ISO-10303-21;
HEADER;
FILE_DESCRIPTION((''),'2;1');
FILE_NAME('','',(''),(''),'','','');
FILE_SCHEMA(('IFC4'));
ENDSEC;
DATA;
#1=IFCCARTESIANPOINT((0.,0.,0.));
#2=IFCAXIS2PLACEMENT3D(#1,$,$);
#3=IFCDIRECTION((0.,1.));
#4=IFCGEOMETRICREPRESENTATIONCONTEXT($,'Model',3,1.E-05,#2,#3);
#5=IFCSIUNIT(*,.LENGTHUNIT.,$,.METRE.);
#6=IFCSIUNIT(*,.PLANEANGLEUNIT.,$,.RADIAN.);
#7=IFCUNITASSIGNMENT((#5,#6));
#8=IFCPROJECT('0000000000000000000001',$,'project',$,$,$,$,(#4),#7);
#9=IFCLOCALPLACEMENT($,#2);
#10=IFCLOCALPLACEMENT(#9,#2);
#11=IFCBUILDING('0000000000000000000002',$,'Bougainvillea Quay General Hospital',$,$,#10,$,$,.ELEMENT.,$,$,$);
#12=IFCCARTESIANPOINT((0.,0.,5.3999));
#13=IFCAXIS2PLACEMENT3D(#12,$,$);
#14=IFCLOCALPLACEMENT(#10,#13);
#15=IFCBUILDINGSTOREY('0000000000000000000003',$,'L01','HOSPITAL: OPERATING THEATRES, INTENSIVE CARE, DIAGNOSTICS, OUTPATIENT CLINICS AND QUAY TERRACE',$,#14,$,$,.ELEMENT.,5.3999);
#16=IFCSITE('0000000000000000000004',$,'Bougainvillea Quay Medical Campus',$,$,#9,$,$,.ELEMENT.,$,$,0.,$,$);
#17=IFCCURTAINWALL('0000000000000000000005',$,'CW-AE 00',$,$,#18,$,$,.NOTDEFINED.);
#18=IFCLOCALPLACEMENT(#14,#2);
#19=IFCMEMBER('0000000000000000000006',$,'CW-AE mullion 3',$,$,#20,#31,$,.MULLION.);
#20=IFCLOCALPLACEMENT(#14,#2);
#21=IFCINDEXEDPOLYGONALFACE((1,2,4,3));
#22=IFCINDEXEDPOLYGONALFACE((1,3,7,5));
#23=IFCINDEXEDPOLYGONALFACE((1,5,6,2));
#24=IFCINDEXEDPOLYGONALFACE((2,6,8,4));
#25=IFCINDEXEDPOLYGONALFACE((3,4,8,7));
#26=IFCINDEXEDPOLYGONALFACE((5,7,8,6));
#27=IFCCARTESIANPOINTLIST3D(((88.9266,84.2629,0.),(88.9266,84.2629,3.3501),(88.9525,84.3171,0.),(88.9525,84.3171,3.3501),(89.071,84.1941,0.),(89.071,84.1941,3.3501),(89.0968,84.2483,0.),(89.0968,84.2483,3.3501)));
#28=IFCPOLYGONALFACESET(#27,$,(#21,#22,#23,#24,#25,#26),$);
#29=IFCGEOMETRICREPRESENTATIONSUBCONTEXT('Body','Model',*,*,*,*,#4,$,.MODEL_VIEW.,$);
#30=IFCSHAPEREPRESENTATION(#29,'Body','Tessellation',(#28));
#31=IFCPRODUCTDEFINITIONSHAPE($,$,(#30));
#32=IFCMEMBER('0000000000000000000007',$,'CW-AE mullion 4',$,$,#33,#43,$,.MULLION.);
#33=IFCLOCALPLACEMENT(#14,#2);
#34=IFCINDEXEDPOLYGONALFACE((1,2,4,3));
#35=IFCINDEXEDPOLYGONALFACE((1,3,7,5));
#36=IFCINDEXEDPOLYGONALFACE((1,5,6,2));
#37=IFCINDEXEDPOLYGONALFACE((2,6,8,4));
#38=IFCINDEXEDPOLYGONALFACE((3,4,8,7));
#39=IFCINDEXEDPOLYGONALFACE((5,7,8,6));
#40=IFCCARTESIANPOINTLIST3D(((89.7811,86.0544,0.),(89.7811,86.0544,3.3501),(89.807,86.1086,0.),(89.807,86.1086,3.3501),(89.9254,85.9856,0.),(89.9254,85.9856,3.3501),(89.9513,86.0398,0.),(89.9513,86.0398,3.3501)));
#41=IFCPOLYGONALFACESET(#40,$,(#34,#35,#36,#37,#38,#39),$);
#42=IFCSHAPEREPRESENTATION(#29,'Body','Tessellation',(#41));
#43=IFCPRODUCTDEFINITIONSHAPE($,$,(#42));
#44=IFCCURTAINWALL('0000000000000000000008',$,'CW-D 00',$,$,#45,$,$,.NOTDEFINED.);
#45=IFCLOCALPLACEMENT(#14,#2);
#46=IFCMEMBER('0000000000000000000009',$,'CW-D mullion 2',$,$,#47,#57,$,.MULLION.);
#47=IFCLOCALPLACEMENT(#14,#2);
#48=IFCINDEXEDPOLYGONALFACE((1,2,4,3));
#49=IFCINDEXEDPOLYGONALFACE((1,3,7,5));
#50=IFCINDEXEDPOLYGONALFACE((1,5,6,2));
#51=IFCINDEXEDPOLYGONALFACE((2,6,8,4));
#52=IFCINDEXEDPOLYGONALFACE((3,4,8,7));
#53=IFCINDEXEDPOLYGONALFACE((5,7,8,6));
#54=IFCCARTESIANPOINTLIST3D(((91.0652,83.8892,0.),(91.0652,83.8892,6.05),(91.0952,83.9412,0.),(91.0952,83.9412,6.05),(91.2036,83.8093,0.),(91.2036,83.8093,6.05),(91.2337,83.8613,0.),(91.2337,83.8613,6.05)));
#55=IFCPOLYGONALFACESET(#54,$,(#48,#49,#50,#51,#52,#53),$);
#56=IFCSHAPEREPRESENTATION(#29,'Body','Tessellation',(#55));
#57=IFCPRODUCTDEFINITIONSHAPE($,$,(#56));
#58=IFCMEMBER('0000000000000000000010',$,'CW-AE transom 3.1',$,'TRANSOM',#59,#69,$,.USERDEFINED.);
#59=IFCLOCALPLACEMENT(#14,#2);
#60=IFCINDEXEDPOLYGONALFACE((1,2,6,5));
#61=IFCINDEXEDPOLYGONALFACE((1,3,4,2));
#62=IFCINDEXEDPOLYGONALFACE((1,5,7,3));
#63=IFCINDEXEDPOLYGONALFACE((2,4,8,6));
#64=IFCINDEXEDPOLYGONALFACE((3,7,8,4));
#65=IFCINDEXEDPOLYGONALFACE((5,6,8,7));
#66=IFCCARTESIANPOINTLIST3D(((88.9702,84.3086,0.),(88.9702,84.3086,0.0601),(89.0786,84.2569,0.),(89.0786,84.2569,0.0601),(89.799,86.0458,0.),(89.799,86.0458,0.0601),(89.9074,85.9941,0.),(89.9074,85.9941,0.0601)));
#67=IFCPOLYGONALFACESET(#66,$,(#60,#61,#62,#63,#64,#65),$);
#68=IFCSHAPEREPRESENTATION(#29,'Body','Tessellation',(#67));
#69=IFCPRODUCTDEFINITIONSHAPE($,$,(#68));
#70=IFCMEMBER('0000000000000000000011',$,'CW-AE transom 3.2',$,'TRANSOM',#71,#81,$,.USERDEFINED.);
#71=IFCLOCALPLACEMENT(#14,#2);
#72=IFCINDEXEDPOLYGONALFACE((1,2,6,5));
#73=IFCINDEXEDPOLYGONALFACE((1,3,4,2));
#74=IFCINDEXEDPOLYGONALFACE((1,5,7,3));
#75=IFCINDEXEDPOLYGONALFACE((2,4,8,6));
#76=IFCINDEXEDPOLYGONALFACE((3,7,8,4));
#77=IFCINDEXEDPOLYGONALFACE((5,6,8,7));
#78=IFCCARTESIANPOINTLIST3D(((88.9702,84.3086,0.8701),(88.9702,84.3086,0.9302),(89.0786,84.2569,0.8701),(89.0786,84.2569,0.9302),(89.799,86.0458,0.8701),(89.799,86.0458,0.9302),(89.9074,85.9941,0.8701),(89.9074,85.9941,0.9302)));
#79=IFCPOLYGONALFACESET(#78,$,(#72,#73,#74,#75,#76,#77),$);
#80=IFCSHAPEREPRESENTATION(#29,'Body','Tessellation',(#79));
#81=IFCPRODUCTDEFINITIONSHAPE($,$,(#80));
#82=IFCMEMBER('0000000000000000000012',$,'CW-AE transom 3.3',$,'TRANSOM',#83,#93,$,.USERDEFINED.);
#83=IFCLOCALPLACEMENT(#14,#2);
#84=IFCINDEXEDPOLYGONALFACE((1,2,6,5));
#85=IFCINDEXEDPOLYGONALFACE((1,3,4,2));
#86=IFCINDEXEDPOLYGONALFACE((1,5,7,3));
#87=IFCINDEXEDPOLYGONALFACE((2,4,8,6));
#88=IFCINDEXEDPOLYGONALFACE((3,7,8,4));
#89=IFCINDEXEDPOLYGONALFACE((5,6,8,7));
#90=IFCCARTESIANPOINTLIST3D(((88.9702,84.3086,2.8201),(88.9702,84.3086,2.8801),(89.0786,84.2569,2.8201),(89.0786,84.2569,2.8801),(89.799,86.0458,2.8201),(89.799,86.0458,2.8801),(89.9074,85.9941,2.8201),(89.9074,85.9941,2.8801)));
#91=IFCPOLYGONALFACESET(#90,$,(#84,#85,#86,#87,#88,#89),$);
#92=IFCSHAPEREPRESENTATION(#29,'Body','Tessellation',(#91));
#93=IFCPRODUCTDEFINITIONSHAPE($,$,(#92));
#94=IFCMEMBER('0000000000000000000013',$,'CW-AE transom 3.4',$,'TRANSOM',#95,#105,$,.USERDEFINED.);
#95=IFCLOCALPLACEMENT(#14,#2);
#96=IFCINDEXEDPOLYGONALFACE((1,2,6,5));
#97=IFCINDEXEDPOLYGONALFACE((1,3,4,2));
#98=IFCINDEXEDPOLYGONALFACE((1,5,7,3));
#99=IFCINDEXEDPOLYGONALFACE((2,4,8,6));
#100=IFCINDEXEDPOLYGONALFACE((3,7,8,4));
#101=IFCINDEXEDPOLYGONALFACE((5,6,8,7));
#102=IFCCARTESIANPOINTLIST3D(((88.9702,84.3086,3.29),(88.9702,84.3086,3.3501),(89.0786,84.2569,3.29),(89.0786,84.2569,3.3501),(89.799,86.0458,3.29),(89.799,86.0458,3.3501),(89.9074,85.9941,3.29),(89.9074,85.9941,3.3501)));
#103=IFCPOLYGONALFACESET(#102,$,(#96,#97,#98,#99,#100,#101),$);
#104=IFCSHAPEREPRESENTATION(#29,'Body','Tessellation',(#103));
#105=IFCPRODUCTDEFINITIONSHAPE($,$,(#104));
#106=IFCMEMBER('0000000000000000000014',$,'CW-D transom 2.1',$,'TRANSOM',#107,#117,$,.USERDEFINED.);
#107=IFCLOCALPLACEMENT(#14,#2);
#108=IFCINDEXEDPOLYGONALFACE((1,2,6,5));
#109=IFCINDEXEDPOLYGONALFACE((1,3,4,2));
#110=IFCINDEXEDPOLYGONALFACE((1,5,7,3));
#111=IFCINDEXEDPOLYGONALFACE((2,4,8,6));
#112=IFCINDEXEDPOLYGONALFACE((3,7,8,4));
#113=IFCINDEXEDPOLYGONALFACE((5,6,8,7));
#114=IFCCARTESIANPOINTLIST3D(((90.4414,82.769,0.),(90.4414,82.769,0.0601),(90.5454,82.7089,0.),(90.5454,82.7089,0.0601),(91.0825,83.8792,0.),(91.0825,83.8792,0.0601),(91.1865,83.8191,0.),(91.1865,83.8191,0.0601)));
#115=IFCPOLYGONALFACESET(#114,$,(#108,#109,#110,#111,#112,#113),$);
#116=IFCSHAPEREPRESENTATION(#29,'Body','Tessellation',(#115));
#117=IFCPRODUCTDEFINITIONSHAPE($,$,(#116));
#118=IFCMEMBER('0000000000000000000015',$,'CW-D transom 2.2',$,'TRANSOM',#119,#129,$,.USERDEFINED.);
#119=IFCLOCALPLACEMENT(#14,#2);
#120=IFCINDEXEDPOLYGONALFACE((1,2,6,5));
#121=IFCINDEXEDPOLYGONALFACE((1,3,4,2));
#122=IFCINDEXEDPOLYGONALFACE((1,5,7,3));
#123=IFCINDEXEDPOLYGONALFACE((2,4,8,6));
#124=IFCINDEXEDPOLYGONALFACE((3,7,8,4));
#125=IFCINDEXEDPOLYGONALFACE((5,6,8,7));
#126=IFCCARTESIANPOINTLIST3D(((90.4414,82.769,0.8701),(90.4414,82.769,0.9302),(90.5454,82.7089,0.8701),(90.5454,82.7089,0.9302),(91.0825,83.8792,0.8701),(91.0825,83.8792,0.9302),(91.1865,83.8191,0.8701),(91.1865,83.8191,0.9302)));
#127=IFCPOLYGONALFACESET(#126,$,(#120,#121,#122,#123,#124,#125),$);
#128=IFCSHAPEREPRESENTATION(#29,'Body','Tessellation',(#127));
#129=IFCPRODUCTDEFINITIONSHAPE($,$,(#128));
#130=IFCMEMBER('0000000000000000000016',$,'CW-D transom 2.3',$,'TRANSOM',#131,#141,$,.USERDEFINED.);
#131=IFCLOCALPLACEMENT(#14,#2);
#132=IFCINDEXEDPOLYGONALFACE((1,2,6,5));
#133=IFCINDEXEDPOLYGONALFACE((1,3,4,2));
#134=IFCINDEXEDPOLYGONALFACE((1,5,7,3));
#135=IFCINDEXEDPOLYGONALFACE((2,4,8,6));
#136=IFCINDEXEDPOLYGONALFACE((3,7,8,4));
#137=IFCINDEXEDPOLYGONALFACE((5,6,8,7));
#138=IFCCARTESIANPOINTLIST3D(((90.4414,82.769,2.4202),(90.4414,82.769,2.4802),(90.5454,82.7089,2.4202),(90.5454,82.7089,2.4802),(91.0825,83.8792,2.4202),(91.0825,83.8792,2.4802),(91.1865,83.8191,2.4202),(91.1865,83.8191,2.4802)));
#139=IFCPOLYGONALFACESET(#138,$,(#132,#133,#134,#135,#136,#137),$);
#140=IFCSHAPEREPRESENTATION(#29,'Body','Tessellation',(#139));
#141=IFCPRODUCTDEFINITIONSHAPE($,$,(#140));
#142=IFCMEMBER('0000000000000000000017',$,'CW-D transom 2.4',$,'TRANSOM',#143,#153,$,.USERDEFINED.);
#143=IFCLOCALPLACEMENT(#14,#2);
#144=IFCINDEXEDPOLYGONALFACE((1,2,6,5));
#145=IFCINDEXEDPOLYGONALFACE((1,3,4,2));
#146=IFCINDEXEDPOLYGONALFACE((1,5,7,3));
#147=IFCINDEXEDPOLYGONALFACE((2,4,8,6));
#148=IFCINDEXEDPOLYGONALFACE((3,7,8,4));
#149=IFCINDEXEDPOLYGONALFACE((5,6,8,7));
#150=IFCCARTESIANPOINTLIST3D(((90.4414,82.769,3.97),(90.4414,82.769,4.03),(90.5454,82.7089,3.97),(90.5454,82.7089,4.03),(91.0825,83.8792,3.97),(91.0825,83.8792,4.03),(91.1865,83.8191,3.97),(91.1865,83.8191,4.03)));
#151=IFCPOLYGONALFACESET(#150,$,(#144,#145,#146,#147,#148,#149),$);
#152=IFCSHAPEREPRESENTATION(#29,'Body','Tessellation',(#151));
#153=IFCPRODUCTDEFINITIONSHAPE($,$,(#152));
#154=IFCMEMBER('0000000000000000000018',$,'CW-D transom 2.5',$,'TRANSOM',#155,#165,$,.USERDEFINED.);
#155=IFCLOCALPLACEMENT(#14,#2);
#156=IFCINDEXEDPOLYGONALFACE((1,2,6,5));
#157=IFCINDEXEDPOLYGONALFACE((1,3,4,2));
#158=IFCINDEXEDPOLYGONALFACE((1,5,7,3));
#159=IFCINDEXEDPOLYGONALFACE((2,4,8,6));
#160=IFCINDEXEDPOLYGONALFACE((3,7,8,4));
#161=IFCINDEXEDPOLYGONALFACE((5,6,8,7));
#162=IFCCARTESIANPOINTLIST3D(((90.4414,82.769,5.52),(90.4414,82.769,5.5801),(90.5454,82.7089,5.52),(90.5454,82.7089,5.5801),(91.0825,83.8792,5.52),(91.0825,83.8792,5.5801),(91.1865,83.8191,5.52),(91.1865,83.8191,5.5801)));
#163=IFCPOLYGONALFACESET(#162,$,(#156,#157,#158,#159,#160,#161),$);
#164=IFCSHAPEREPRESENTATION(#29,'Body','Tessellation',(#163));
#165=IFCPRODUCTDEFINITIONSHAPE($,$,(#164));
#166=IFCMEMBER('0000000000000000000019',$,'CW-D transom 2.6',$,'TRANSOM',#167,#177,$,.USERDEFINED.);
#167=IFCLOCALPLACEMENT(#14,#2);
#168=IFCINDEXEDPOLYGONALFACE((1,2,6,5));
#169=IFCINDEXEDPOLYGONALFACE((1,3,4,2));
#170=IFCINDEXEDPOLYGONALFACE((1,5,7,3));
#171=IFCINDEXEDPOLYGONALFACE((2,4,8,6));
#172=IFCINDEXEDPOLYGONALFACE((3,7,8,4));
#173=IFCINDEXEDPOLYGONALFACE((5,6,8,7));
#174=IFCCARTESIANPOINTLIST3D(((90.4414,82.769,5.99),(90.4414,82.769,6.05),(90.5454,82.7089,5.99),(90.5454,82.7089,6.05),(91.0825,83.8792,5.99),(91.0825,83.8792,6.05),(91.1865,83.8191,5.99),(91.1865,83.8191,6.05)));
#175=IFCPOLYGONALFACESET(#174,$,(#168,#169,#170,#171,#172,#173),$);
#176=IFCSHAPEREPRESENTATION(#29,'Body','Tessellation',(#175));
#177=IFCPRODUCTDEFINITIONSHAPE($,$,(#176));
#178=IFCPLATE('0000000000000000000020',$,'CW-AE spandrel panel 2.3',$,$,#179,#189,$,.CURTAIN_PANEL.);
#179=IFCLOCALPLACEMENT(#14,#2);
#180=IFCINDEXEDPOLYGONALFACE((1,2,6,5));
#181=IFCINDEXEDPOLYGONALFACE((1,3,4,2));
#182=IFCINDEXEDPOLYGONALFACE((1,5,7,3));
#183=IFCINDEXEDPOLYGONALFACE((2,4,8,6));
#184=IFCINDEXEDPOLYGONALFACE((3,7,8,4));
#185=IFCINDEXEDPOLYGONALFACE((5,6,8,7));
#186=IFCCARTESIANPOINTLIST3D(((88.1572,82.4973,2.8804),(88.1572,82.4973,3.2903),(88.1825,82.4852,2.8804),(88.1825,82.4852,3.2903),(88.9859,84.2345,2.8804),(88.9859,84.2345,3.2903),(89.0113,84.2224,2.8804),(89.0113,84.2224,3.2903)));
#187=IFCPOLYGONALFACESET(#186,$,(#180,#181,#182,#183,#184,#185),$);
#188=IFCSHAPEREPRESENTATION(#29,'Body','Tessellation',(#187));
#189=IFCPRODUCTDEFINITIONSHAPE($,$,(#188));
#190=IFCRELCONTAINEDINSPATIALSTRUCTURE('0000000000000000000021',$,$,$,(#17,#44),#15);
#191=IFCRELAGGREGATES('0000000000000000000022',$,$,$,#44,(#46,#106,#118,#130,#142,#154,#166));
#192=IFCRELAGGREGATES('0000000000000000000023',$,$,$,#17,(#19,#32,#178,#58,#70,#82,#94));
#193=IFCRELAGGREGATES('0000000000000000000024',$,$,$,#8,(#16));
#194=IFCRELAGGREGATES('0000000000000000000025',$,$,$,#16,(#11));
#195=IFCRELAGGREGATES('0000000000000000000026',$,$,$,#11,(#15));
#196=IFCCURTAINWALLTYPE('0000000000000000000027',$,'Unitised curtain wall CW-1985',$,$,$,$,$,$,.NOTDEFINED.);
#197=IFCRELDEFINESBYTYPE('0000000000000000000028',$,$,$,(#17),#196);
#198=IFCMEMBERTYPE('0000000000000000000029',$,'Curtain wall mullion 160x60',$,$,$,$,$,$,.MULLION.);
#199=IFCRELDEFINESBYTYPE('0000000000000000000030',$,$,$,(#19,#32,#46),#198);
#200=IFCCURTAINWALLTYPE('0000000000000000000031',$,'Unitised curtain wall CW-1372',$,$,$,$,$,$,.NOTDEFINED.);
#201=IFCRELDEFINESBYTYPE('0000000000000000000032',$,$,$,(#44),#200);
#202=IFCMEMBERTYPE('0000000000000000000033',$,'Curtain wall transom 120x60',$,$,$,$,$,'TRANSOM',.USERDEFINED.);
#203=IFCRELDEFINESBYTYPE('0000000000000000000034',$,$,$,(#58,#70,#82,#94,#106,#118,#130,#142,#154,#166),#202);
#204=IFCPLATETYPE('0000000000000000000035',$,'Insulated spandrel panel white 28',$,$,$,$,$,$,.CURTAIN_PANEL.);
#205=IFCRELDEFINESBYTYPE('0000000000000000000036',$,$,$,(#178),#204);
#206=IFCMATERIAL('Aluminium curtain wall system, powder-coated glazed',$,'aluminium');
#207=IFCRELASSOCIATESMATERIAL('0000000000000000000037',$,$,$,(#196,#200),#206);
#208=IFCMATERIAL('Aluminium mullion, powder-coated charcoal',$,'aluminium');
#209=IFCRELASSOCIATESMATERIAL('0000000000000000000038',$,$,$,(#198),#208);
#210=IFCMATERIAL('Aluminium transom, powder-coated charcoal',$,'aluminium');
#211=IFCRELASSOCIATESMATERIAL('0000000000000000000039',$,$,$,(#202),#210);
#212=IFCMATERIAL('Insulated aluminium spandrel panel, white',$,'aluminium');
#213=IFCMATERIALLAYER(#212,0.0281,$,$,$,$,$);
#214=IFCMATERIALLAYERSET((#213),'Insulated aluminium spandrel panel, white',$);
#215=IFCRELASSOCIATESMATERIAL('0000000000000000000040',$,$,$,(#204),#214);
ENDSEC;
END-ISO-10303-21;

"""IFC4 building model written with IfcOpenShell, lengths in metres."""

from ifc_helpers import new_model, si_unit, direction, frame, origin, origin_2d, place, context, subcontext, project, spatial, rectangle, extrude, material, layer, layer_set, material_profile, profile_set, type_object, element, aggregate, save


model = new_model("IFC4")

# Units and contexts
model_context = context("Model", 3, precision=1e-05, world=origin(), true_north=direction((0.0, 1.0)))
body_context = subcontext(model_context, "Body", "Model", "MODEL_VIEW")
ifc_project = project(units=[si_unit("LENGTHUNIT", "METRE"), si_unit("PLANEANGLEUNIT", "RADIAN")], contexts=[model_context])

# Site, building, storey
site_placement = place(None, origin())
site = spatial("IfcSite", under=ifc_project, at=site_placement, Name="Bougainvillea Quay Medical Campus", CompositionType="ELEMENT", RefElevation=0.0)
building_placement = place(site_placement, origin())
building = spatial("IfcBuilding", under=site, at=building_placement, Name="Bougainvillea Quay General Hospital", CompositionType="ELEMENT")
storey_placement = place(building_placement, frame((0.0, 0.0, 5.3999)))
storey = spatial("IfcBuildingStorey", under=building, at=storey_placement, Name="L01", Description="HOSPITAL: OPERATING THEATRES, INTENSIVE CARE, DIAGNOSTICS, OUTPATIENT CLINICS AND QUAY TERRACE", CompositionType="ELEMENT", Elevation=5.3999)

# Curtain wall, members
ifc_material_1 = material(Name="Aluminium curtain wall system, powder-coated glazed", Category="aluminium")
curtain_wall_type_1 = type_object("IfcCurtainWallType", Name="Unitised curtain wall CW-1985", PredefinedType="NOTDEFINED", material=ifc_material_1)
curtain_wall_1_placement = place(storey_placement, origin())
curtain_wall_1 = element("IfcCurtainWall", 1, at=curtain_wall_1_placement, inside=storey, type_object=curtain_wall_type_1, Name="CW-AE 00", PredefinedType="NOTDEFINED")
ifc_material_2 = material(Name="Aluminium mullion, powder-coated charcoal", Category="aluminium")
ifc_material_profile_1 = material_profile(ifc_material_2, rectangle(XDim=0.1599, YDim=0.0601, at=origin_2d()))
ifc_profile_set_1 = profile_set([ifc_material_profile_1], Name="Aluminium mullion, powder-coated charcoal")
member_type_1 = type_object("IfcMemberType", Name="Curtain wall mullion 160x60", PredefinedType="MULLION", material=ifc_profile_set_1)
member_1_placement = place(storey_placement, frame((89.0117, 84.2556, 0.0), z_axis=(0.0, 0.0, 1.0), x_axis=(-0.902561, 0.430563, 0.0)))
member_1 = element("IfcMember", 2, at=member_1_placement, type_object=member_type_1, Name="CW-AE mullion 3", PredefinedType="MULLION", context=body_context, shape_type="SweptSolid", body=[
    extrude(rectangle(XDim=0.1599, YDim=0.0601, at=origin_2d()), origin(), (0.0, 0.0, 1.0), 3.3501),
])
member_2_placement = place(storey_placement, frame((89.8662, 86.0471, 0.0), z_axis=(0.0, 0.0, 1.0), x_axis=(-0.902561, 0.430563, 0.0)))
member_2 = element("IfcMember", 3, at=member_2_placement, type_object=member_type_1, Name="CW-AE mullion 4", PredefinedType="MULLION", context=body_context, shape_type="SweptSolid", body=[
    extrude(rectangle(XDim=0.1599, YDim=0.0601, at=origin_2d()), origin(), (0.0, 0.0, 1.0), 3.3501),
])

# Curtain wall, member
curtain_wall_type_2 = type_object("IfcCurtainWallType", Name="Unitised curtain wall CW-1372", PredefinedType="NOTDEFINED", material=ifc_material_1)
curtain_wall_2_placement = place(storey_placement, origin())
curtain_wall_2 = element("IfcCurtainWall", 4, at=curtain_wall_2_placement, inside=storey, type_object=curtain_wall_type_2, Name="CW-D 00", PredefinedType="NOTDEFINED")
member_3_placement = place(storey_placement, frame((91.1494, 83.8752, 0.0), z_axis=(0.0, 0.0, 1.0), x_axis=(0.866048, -0.499962, 0.0)))
member_3 = element("IfcMember", 5, at=member_3_placement, type_object=member_type_1, Name="CW-D mullion 2", PredefinedType="MULLION", context=body_context, shape_type="SweptSolid", body=[
    extrude(rectangle(XDim=0.1599, YDim=0.0601, at=origin_2d()), origin(), (0.0, 0.0, 1.0), 6.05),
])

# Members
ifc_material_3 = material(Name="Aluminium transom, powder-coated charcoal", Category="aluminium")
ifc_material_profile_2 = material_profile(ifc_material_3, rectangle(XDim=0.1201, YDim=0.0601, at=origin_2d()))
ifc_profile_set_2 = profile_set([ifc_material_profile_2], Name="Aluminium transom, powder-coated charcoal")
member_type_2 = type_object("IfcMemberType", Name="Curtain wall transom 120x60", ElementType="TRANSOM", PredefinedType="USERDEFINED", material=ifc_profile_set_2)
member_4_placement = place(storey_placement, frame((89.0244, 84.2827, 0.03), z_axis=(0.430598, 0.902544, 0.0), x_axis=(-0.902544, 0.430598, 0.0)))
member_4 = element("IfcMember", 6, at=member_4_placement, type_object=member_type_2, Name="CW-AE transom 3.1", ObjectType="TRANSOM", PredefinedType="USERDEFINED", context=body_context, shape_type="SweptSolid", body=[
    extrude(rectangle(XDim=0.1201, YDim=0.0601, at=origin_2d()), origin(), (0.0, 0.0, 1.0), 1.9248),
])
member_5_placement = place(storey_placement, frame((89.0244, 84.2827, 0.9001), z_axis=(0.430598, 0.902544, 0.0), x_axis=(-0.902544, 0.430598, 0.0)))
member_5 = element("IfcMember", 7, at=member_5_placement, type_object=member_type_2, Name="CW-AE transom 3.2", ObjectType="TRANSOM", PredefinedType="USERDEFINED", context=body_context, shape_type="SweptSolid", body=[
    extrude(rectangle(XDim=0.1201, YDim=0.0601, at=origin_2d()), origin(), (0.0, 0.0, 1.0), 1.9248),
])
member_6_placement = place(storey_placement, frame((89.0244, 84.2827, 2.8501), z_axis=(0.430598, 0.902544, 0.0), x_axis=(-0.902544, 0.430598, 0.0)))
member_6 = element("IfcMember", 8, at=member_6_placement, type_object=member_type_2, Name="CW-AE transom 3.3", ObjectType="TRANSOM", PredefinedType="USERDEFINED", context=body_context, shape_type="SweptSolid", body=[
    extrude(rectangle(XDim=0.1201, YDim=0.0601, at=origin_2d()), origin(), (0.0, 0.0, 1.0), 1.9248),
])
member_7_placement = place(storey_placement, frame((89.0244, 84.2827, 3.3201), z_axis=(0.430598, 0.902544, 0.0), x_axis=(-0.902544, 0.430598, 0.0)))
member_7 = element("IfcMember", 9, at=member_7_placement, type_object=member_type_2, Name="CW-AE transom 3.4", ObjectType="TRANSOM", PredefinedType="USERDEFINED", context=body_context, shape_type="SweptSolid", body=[
    extrude(rectangle(XDim=0.1201, YDim=0.0601, at=origin_2d()), origin(), (0.0, 0.0, 1.0), 1.9248),
])
member_8_placement = place(storey_placement, frame((91.1345, 83.8491, 0.03), z_axis=(-0.500113, -0.86596, 0.0), x_axis=(0.86596, -0.500113, 0.0)))
member_8 = element("IfcMember", 10, at=member_8_placement, type_object=member_type_2, Name="CW-D transom 2.1", ObjectType="TRANSOM", PredefinedType="USERDEFINED", context=body_context, shape_type="SweptSolid", body=[
    extrude(rectangle(XDim=0.1201, YDim=0.0601, at=origin_2d()), origin(), (0.0, 0.0, 1.0), 1.282),
])
member_9_placement = place(storey_placement, frame((91.1345, 83.8491, 0.9001), z_axis=(-0.500113, -0.86596, 0.0), x_axis=(0.86596, -0.500113, 0.0)))
member_9 = element("IfcMember", 11, at=member_9_placement, type_object=member_type_2, Name="CW-D transom 2.2", ObjectType="TRANSOM", PredefinedType="USERDEFINED", context=body_context, shape_type="SweptSolid", body=[
    extrude(rectangle(XDim=0.1201, YDim=0.0601, at=origin_2d()), origin(), (0.0, 0.0, 1.0), 1.282),
])
member_10_placement = place(storey_placement, frame((91.1345, 83.8491, 2.4502), z_axis=(-0.500113, -0.86596, 0.0), x_axis=(0.86596, -0.500113, 0.0)))
member_10 = element("IfcMember", 12, at=member_10_placement, type_object=member_type_2, Name="CW-D transom 2.3", ObjectType="TRANSOM", PredefinedType="USERDEFINED", context=body_context, shape_type="SweptSolid", body=[
    extrude(rectangle(XDim=0.1201, YDim=0.0601, at=origin_2d()), origin(), (0.0, 0.0, 1.0), 1.282),
])
member_11_placement = place(storey_placement, frame((91.1345, 83.8491, 4.0), z_axis=(-0.500113, -0.86596, 0.0), x_axis=(0.86596, -0.500113, 0.0)))
member_11 = element("IfcMember", 13, at=member_11_placement, type_object=member_type_2, Name="CW-D transom 2.4", ObjectType="TRANSOM", PredefinedType="USERDEFINED", context=body_context, shape_type="SweptSolid", body=[
    extrude(rectangle(XDim=0.1201, YDim=0.0601, at=origin_2d()), origin(), (0.0, 0.0, 1.0), 1.282),
])
member_12_placement = place(storey_placement, frame((91.1345, 83.8491, 5.55), z_axis=(-0.500113, -0.86596, 0.0), x_axis=(0.86596, -0.500113, 0.0)))
member_12 = element("IfcMember", 14, at=member_12_placement, type_object=member_type_2, Name="CW-D transom 2.5", ObjectType="TRANSOM", PredefinedType="USERDEFINED", context=body_context, shape_type="SweptSolid", body=[
    extrude(rectangle(XDim=0.1201, YDim=0.0601, at=origin_2d()), origin(), (0.0, 0.0, 1.0), 1.282),
])
member_13_placement = place(storey_placement, frame((91.1345, 83.8491, 6.02), z_axis=(-0.500113, -0.86596, 0.0), x_axis=(0.86596, -0.500113, 0.0)))
member_13 = element("IfcMember", 15, at=member_13_placement, type_object=member_type_2, Name="CW-D transom 2.6", ObjectType="TRANSOM", PredefinedType="USERDEFINED", context=body_context, shape_type="SweptSolid", body=[
    extrude(rectangle(XDim=0.1201, YDim=0.0601, at=origin_2d()), origin(), (0.0, 0.0, 1.0), 1.282),
])
aggregate(curtain_wall_2, [member_3, member_8, member_9, member_10, member_11, member_12, member_13])

# Plate
ifc_material_4 = material(Name="Insulated aluminium spandrel panel, white", Category="aluminium")
ifc_layer_1 = layer(ifc_material_4, 0.0281)
ifc_layer_set_1 = layer_set([ifc_layer_1], Name="Insulated aluminium spandrel panel, white")
plate_type_1 = type_object("IfcPlateType", Name="Insulated spandrel panel white 28", PredefinedType="CURTAIN_PANEL", material=ifc_layer_set_1)
plate_1_placement = place(storey_placement, frame((88.5842, 83.3599, 2.8804), z_axis=(0.0, 0.0, 1.0), x_axis=(0.430563, 0.902561, 0.0)))
plate_1 = element("IfcPlate", 16, at=plate_1_placement, type_object=plate_type_1, Name="CW-AE spandrel panel 2.3", PredefinedType="CURTAIN_PANEL", context=body_context, shape_type="SweptSolid", body=[
    extrude(rectangle(XDim=1.9248, YDim=0.0281, at=origin_2d()), origin(), (0.0, 0.0, 1.0), 0.4099),
])
aggregate(curtain_wall_1, [member_1, member_2, plate_1, member_4, member_5, member_6, member_7])

save(model, "model.ifc")
